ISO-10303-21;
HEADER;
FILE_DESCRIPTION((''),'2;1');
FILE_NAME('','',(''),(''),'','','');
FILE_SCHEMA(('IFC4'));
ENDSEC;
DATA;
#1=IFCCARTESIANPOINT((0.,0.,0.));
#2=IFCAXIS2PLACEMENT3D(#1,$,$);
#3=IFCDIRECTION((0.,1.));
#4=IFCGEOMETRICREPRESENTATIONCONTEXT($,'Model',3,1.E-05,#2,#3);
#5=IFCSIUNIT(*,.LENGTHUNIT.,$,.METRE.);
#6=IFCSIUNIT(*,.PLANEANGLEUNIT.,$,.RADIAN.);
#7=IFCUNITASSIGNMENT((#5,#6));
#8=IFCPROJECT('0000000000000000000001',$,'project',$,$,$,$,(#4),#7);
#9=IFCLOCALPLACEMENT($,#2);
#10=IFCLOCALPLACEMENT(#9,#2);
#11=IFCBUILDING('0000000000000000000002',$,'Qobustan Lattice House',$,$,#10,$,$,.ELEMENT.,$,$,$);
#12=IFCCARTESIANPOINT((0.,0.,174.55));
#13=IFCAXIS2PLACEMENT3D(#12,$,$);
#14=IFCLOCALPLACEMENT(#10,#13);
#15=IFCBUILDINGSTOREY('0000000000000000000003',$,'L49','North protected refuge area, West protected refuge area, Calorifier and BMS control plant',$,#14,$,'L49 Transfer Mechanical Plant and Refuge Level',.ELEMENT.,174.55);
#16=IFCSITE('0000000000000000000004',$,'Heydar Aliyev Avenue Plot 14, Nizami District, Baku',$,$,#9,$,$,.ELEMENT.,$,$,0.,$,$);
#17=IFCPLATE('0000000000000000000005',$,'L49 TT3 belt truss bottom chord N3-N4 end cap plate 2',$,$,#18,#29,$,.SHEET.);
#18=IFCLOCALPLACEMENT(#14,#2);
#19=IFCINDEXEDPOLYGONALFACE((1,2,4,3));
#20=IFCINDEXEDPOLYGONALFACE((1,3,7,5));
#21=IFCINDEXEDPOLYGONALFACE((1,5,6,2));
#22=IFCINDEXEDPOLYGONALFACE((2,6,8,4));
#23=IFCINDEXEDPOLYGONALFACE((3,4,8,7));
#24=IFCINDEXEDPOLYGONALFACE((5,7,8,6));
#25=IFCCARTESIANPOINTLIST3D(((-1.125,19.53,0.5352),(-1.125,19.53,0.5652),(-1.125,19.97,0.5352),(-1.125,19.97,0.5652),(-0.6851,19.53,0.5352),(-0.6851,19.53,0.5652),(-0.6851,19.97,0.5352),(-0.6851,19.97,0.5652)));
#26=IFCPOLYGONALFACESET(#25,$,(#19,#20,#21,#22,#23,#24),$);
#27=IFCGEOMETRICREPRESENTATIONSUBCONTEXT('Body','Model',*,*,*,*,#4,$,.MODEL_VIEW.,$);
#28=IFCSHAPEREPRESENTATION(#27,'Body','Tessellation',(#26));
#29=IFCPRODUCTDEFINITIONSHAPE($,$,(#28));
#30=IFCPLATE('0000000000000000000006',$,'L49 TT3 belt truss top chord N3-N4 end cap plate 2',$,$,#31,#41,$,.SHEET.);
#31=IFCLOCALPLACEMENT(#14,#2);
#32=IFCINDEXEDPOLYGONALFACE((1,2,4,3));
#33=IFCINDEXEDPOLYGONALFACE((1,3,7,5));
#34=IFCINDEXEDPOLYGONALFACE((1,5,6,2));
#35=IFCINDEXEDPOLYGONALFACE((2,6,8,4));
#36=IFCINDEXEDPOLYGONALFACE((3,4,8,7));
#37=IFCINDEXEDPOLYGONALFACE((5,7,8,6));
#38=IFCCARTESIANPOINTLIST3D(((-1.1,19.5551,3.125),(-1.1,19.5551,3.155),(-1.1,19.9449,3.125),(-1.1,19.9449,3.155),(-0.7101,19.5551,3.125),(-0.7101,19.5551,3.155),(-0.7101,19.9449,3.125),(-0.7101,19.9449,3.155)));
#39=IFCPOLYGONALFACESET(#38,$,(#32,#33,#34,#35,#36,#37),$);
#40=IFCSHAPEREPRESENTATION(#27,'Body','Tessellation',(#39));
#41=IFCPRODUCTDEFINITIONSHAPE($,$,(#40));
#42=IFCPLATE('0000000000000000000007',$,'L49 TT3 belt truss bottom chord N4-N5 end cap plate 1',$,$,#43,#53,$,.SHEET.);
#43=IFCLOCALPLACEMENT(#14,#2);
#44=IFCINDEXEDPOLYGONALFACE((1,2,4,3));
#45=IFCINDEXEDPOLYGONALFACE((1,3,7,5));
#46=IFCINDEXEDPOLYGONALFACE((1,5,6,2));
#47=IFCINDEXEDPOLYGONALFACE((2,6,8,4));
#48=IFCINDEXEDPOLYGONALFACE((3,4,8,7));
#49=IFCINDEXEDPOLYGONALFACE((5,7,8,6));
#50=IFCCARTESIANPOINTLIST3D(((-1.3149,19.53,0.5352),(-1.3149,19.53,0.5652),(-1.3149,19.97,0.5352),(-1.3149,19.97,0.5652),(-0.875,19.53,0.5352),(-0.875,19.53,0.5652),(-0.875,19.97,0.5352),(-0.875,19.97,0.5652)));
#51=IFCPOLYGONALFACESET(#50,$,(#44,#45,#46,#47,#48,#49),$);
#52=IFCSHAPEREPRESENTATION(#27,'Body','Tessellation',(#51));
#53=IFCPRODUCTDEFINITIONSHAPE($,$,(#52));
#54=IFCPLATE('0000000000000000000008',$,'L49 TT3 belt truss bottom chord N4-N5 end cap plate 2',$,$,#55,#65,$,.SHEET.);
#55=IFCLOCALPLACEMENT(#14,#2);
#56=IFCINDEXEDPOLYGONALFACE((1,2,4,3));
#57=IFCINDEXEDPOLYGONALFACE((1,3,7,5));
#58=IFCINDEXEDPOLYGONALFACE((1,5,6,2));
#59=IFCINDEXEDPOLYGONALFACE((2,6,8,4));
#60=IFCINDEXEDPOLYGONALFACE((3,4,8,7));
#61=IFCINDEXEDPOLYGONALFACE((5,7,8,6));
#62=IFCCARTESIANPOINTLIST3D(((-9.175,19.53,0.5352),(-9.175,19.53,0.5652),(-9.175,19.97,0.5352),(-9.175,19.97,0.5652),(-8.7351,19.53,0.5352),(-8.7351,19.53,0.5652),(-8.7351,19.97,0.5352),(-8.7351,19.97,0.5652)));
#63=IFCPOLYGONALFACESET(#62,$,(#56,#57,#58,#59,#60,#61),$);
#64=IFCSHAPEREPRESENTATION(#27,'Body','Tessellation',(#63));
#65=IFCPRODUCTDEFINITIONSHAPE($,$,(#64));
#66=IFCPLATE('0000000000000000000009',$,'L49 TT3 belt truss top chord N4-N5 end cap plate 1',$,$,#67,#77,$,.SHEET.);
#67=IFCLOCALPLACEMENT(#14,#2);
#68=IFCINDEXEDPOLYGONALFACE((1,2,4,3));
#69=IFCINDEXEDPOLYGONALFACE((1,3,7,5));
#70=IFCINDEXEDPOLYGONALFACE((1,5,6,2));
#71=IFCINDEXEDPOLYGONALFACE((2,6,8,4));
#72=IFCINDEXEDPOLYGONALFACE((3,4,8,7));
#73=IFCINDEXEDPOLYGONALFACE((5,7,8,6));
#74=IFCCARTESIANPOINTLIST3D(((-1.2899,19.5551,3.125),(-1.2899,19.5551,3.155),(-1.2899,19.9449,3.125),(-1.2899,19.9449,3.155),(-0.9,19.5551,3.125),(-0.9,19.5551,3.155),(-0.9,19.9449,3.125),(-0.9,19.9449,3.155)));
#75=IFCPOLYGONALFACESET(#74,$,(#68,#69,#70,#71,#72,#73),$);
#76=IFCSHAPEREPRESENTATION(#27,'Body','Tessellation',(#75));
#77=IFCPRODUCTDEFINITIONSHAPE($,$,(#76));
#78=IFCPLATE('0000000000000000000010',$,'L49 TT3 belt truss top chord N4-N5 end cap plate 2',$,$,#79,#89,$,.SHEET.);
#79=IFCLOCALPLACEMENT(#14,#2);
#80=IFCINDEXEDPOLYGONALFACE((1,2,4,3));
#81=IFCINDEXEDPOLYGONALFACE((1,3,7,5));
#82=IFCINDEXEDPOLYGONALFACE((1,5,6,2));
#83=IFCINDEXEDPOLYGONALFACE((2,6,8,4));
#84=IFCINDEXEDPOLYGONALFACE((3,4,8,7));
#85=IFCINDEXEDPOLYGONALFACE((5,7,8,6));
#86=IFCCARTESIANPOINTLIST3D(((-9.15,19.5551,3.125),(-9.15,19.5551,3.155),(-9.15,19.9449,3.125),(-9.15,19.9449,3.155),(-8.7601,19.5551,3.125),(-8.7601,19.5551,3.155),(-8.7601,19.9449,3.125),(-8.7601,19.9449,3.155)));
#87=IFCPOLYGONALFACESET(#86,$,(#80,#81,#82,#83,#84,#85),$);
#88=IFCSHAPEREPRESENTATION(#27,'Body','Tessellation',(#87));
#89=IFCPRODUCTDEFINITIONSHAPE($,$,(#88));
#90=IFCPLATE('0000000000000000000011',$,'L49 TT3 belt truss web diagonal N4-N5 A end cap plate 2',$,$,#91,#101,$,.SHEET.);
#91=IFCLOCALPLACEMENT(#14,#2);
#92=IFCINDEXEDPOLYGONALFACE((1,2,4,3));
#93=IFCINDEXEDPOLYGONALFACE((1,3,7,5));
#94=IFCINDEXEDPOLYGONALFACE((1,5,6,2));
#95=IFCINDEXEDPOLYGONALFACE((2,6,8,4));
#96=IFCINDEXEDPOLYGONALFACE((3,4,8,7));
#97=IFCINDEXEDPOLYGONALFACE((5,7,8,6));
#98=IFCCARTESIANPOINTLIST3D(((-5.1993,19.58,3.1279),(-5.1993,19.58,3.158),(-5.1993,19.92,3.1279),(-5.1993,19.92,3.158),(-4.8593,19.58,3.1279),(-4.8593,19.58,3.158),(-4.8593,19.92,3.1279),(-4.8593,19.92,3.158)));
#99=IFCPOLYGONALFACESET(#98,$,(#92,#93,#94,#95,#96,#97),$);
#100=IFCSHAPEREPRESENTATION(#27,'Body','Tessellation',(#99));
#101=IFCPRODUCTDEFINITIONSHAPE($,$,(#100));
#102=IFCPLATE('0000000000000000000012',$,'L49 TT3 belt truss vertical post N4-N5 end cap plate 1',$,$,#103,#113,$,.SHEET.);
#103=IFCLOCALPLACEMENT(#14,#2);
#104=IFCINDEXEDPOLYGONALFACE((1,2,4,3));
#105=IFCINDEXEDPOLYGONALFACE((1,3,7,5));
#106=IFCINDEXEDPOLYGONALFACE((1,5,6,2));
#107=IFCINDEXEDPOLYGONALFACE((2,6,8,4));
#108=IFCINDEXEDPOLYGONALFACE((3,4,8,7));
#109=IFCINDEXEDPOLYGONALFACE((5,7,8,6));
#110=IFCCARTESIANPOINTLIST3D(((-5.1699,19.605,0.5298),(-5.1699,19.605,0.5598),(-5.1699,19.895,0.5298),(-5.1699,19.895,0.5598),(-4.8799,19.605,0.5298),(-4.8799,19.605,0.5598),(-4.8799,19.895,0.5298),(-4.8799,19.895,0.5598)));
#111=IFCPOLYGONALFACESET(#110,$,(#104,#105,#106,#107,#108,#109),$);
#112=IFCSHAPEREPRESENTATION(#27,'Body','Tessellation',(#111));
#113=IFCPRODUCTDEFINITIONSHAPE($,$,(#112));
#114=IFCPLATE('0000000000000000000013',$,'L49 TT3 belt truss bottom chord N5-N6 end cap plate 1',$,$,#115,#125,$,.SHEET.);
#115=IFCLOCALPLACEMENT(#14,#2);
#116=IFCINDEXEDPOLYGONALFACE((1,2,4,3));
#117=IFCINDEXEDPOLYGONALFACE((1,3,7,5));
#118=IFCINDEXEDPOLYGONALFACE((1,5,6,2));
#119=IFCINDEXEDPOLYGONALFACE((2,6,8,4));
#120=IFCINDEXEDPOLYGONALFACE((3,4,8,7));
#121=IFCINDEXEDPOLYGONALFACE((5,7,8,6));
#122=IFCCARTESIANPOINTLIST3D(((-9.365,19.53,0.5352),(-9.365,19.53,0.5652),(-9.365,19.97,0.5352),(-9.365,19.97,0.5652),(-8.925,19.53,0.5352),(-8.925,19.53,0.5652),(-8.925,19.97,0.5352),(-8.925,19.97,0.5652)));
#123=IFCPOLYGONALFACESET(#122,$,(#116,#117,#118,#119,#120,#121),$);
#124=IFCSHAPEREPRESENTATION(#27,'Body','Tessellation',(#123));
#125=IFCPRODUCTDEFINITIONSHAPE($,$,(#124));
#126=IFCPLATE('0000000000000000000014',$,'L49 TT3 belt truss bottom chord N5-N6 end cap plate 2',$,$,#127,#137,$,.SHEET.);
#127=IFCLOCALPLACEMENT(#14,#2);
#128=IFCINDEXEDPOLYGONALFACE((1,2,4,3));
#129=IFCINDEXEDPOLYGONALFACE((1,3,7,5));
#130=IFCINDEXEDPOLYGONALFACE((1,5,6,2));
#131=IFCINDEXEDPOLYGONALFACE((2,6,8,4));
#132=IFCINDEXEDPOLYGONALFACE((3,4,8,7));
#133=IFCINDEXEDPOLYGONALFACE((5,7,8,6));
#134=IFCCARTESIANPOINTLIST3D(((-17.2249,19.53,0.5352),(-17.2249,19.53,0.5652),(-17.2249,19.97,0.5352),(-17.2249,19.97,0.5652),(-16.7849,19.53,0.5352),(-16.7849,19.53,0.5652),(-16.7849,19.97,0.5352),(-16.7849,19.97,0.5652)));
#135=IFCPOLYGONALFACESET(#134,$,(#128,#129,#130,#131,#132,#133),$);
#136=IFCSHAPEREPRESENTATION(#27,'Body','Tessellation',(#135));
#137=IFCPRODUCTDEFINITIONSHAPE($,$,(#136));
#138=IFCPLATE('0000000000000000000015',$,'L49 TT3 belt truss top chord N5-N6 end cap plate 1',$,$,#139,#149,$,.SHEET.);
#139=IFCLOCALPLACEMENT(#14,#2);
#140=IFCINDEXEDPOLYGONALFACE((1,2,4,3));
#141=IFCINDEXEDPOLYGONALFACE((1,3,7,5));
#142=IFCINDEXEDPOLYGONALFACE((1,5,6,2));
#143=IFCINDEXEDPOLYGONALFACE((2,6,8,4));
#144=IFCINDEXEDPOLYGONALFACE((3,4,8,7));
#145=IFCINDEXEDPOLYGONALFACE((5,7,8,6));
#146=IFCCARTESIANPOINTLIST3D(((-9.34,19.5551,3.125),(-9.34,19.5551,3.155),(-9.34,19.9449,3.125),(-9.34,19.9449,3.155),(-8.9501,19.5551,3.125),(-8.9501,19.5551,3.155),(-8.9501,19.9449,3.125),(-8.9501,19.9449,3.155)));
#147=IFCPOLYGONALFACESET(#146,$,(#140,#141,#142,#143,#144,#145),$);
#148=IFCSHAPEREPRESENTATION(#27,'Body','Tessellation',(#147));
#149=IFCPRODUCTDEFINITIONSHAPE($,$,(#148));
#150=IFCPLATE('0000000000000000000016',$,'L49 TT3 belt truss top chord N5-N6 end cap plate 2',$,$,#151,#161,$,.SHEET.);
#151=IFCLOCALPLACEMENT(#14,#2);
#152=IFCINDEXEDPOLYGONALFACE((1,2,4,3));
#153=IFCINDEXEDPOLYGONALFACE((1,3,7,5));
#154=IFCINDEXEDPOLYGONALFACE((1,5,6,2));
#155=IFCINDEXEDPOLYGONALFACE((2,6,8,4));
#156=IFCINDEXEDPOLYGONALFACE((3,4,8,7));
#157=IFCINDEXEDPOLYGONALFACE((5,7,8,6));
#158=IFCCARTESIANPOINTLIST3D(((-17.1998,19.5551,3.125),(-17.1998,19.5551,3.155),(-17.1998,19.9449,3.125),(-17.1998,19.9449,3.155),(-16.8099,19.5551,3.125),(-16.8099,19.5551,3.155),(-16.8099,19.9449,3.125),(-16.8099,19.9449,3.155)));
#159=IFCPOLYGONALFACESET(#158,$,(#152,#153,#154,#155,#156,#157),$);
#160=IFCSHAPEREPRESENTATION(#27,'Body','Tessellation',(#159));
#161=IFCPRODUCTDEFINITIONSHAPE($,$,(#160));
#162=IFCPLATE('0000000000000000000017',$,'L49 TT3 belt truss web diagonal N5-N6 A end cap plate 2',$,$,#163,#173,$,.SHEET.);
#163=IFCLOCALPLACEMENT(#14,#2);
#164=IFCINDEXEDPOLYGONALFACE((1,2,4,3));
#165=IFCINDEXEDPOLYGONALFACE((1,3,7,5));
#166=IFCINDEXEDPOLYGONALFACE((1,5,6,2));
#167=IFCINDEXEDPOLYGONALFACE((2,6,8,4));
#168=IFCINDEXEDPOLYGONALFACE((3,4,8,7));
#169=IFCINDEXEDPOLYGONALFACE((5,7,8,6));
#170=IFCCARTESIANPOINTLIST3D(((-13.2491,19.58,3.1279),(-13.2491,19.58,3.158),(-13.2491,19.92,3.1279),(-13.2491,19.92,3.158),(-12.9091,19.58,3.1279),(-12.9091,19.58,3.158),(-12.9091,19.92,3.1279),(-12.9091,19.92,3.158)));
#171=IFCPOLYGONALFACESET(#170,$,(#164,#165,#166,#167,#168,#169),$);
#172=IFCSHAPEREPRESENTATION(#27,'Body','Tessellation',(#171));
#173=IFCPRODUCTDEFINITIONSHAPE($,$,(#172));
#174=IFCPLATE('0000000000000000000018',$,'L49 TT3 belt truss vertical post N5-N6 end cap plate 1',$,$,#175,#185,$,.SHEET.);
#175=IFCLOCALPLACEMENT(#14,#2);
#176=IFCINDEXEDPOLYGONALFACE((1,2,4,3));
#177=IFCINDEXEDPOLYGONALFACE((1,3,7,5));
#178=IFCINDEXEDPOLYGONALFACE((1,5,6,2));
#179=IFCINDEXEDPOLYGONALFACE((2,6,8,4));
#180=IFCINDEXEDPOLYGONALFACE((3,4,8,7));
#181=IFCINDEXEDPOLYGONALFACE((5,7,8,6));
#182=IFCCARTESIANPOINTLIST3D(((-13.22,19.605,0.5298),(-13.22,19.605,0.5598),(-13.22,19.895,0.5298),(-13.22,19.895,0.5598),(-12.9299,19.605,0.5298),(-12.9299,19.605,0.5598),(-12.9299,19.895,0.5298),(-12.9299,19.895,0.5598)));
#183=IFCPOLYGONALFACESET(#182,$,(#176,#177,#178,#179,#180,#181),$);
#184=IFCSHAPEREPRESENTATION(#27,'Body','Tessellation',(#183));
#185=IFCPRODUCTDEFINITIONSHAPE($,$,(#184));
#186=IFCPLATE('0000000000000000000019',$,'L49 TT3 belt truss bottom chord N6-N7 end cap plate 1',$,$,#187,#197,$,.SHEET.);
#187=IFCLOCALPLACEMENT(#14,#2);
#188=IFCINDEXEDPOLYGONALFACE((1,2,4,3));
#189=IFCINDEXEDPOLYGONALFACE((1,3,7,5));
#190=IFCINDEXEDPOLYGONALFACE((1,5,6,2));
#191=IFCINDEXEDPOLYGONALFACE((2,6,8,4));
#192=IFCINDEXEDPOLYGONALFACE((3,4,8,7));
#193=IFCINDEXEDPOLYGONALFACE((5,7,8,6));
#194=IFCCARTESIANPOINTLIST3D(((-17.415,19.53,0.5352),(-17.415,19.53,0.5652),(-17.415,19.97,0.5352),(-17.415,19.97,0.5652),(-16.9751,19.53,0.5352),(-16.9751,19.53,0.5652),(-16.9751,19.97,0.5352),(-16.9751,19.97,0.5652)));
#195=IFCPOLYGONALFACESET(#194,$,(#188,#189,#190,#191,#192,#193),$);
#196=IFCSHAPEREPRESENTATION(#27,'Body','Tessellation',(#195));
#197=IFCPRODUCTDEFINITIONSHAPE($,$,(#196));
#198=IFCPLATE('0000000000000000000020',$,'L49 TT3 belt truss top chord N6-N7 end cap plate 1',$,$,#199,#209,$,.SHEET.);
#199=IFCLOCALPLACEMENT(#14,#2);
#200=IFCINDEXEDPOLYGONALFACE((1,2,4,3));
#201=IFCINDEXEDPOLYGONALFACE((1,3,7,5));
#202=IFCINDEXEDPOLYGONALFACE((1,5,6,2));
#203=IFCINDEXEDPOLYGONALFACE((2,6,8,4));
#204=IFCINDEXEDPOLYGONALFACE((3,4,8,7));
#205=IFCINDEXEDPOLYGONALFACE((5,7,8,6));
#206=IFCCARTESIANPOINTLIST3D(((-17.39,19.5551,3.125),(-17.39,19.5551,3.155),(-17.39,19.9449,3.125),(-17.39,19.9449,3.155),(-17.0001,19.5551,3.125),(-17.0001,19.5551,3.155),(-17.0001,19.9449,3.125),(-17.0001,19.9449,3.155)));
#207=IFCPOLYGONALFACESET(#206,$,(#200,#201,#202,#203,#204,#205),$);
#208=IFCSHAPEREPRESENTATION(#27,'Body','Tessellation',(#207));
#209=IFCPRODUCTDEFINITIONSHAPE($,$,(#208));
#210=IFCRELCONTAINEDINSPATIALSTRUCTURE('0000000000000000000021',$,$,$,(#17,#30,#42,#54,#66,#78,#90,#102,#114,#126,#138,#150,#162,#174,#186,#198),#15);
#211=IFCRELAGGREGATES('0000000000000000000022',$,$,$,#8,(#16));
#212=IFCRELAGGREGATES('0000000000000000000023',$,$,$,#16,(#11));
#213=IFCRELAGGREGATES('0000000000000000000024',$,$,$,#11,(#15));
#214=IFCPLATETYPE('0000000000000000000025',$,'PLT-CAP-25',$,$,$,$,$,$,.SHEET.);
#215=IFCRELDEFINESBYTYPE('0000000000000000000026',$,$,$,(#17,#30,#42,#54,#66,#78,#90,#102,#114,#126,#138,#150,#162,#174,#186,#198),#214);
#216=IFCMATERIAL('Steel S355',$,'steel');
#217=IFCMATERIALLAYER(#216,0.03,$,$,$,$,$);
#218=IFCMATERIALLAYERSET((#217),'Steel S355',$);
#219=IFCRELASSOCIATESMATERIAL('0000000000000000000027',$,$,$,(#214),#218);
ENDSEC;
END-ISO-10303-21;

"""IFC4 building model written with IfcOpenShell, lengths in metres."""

from ifc_helpers import new_model, si_unit, direction, frame, origin, origin_2d, place, context, subcontext, project, spatial, rectangle, extrude, material, layer, layer_set, type_object, element, save


model = new_model("IFC4")

# Units and contexts
model_context = context("Model", 3, precision=1e-05, world=origin(), true_north=direction((0.0, 1.0)))
body_context = subcontext(model_context, "Body", "Model", "MODEL_VIEW")
ifc_project = project(units=[si_unit("LENGTHUNIT", "METRE"), si_unit("PLANEANGLEUNIT", "RADIAN")], contexts=[model_context])

# Site, building, storey
site_placement = place(None, origin())
site = spatial("IfcSite", under=ifc_project, at=site_placement, Name="Heydar Aliyev Avenue Plot 14, Nizami District, Baku", CompositionType="ELEMENT", RefElevation=0.0)
building_placement = place(site_placement, origin())
building = spatial("IfcBuilding", under=site, at=building_placement, Name="Qobustan Lattice House", CompositionType="ELEMENT")
storey_placement = place(building_placement, frame((0.0, 0.0, 174.55)))
storey = spatial("IfcBuildingStorey", under=building, at=storey_placement, Name="L49", Description="North protected refuge area, West protected refuge area, Calorifier and BMS control plant", LongName="L49 Transfer Mechanical Plant and Refuge Level", CompositionType="ELEMENT", Elevation=174.55)

# Plates
ifc_material_1 = material(Name="Steel S355", Category="steel")
ifc_layer = layer(ifc_material_1, 0.03)
ifc_layer_set = layer_set([ifc_layer], Name="Steel S355")
plate_type = type_object("IfcPlateType", Name="PLT-CAP-25", PredefinedType="SHEET", material=ifc_layer_set)
plate_1_placement = place(storey_placement, frame((-0.905, 19.75, 0.5352), z_axis=(0.0, 0.0, 1.0), x_axis=(-1.0, 0.0, 0.0)))
element("IfcPlate", 1, at=plate_1_placement, inside=storey, type_object=plate_type, Name="L49 TT3 belt truss bottom chord N3-N4 end cap plate 2", PredefinedType="SHEET", context=body_context, shape_type="SweptSolid", body=[
    extrude(rectangle(XDim=0.4399, YDim=0.4399, at=origin_2d()), origin(), (0.0, 0.0, 1.0), 0.03),
])
plate_2_placement = place(storey_placement, frame((-0.905, 19.75, 3.125), z_axis=(0.0, 0.0, 1.0), x_axis=(-1.0, 0.0, 0.0)))
element("IfcPlate", 2, at=plate_2_placement, inside=storey, type_object=plate_type, Name="L49 TT3 belt truss top chord N3-N4 end cap plate 2", PredefinedType="SHEET", context=body_context, shape_type="SweptSolid", body=[
    extrude(rectangle(XDim=0.3899, YDim=0.3899, at=origin_2d()), origin(), (0.0, 0.0, 1.0), 0.03),
])
for number, where, z_axis, x_axis, name in (
    (3, (-1.095, 19.75, 0.5352), (0.0, 0.0, 1.0), (-1.0, 0.0, 0.0), "L49 TT3 belt truss bottom chord N4-N5 end cap plate 1"),
    (4, (-8.9551, 19.75, 0.5352), (0.0, 0.0, 1.0), (-1.0, 0.0, 0.0), "L49 TT3 belt truss bottom chord N4-N5 end cap plate 2"),
):
    element("IfcPlate", number, at=place(storey_placement, frame(where, z_axis=z_axis, x_axis=x_axis)), inside=storey, type_object=plate_type, Name=name, PredefinedType="SHEET", context=body_context, shape_type="SweptSolid", body=[
        extrude(rectangle(XDim=0.4399, YDim=0.4399, at=origin_2d()), origin(), (0.0, 0.0, 1.0), 0.03),
    ])
for number, where, z_axis, x_axis, name in (
    (5, (-1.095, 19.75, 3.125), (0.0, 0.0, 1.0), (-1.0, 0.0, 0.0), "L49 TT3 belt truss top chord N4-N5 end cap plate 1"),
    (6, (-8.9551, 19.75, 3.125), (0.0, 0.0, 1.0), (-1.0, 0.0, 0.0), "L49 TT3 belt truss top chord N4-N5 end cap plate 2"),
):
    element("IfcPlate", number, at=place(storey_placement, frame(where, z_axis=z_axis, x_axis=x_axis)), inside=storey, type_object=plate_type, Name=name, PredefinedType="SHEET", context=body_context, shape_type="SweptSolid", body=[
        extrude(rectangle(XDim=0.3899, YDim=0.3899, at=origin_2d()), origin(), (0.0, 0.0, 1.0), 0.03),
    ])
plate_3_placement = place(storey_placement, frame((-5.0293, 19.75, 3.1279), z_axis=(0.0, 0.0, 1.0), x_axis=(-1.0, 0.0, 0.0)))
element("IfcPlate", 7, at=plate_3_placement, inside=storey, type_object=plate_type, Name="L49 TT3 belt truss web diagonal N4-N5 A end cap plate 2", PredefinedType="SHEET", context=body_context, shape_type="SweptSolid", body=[
    extrude(rectangle(XDim=0.3401, YDim=0.3401, at=origin_2d()), origin(), (0.0, 0.0, 1.0), 0.03),
])
plate_4_placement = place(storey_placement, frame((-5.0249, 19.75, 0.5298), z_axis=(0.0, 0.0, 1.0), x_axis=(1.0, 0.0, 0.0)))
element("IfcPlate", 8, at=plate_4_placement, inside=storey, type_object=plate_type, Name="L49 TT3 belt truss vertical post N4-N5 end cap plate 1", PredefinedType="SHEET", context=body_context, shape_type="SweptSolid", body=[
    extrude(rectangle(XDim=0.29, YDim=0.29, at=origin_2d()), origin(), (0.0, 0.0, 1.0), 0.03),
])
for number, where, z_axis, x_axis, name in (
    (9, (-9.145, 19.75, 0.5352), (0.0, 0.0, 1.0), (-1.0, 0.0, 0.0), "L49 TT3 belt truss bottom chord N5-N6 end cap plate 1"),
    (10, (-17.0049, 19.75, 0.5352), (0.0, 0.0, 1.0), (-1.0, 0.0, 0.0), "L49 TT3 belt truss bottom chord N5-N6 end cap plate 2"),
):
    element("IfcPlate", number, at=place(storey_placement, frame(where, z_axis=z_axis, x_axis=x_axis)), inside=storey, type_object=plate_type, Name=name, PredefinedType="SHEET", context=body_context, shape_type="SweptSolid", body=[
        extrude(rectangle(XDim=0.4399, YDim=0.4399, at=origin_2d()), origin(), (0.0, 0.0, 1.0), 0.03),
    ])
for number, where, z_axis, x_axis, name in (
    (11, (-9.145, 19.75, 3.125), (0.0, 0.0, 1.0), (-1.0, 0.0, 0.0), "L49 TT3 belt truss top chord N5-N6 end cap plate 1"),
    (12, (-17.0049, 19.75, 3.125), (0.0, 0.0, 1.0), (-1.0, 0.0, 0.0), "L49 TT3 belt truss top chord N5-N6 end cap plate 2"),
):
    element("IfcPlate", number, at=place(storey_placement, frame(where, z_axis=z_axis, x_axis=x_axis)), inside=storey, type_object=plate_type, Name=name, PredefinedType="SHEET", context=body_context, shape_type="SweptSolid", body=[
        extrude(rectangle(XDim=0.3899, YDim=0.3899, at=origin_2d()), origin(), (0.0, 0.0, 1.0), 0.03),
    ])
plate_5_placement = place(storey_placement, frame((-13.0791, 19.75, 3.1279), z_axis=(0.0, 0.0, 1.0), x_axis=(-1.0, 0.0, 0.0)))
element("IfcPlate", 13, at=plate_5_placement, inside=storey, type_object=plate_type, Name="L49 TT3 belt truss web diagonal N5-N6 A end cap plate 2", PredefinedType="SHEET", context=body_context, shape_type="SweptSolid", body=[
    extrude(rectangle(XDim=0.3401, YDim=0.3401, at=origin_2d()), origin(), (0.0, 0.0, 1.0), 0.03),
])
plate_6_placement = place(storey_placement, frame((-13.075, 19.75, 0.5298), z_axis=(0.0, 0.0, 1.0), x_axis=(1.0, 0.0, 0.0)))
element("IfcPlate", 14, at=plate_6_placement, inside=storey, type_object=plate_type, Name="L49 TT3 belt truss vertical post N5-N6 end cap plate 1", PredefinedType="SHEET", context=body_context, shape_type="SweptSolid", body=[
    extrude(rectangle(XDim=0.29, YDim=0.29, at=origin_2d()), origin(), (0.0, 0.0, 1.0), 0.03),
])
plate_7_placement = place(storey_placement, frame((-17.1951, 19.75, 0.5352), z_axis=(0.0, 0.0, 1.0), x_axis=(-1.0, 0.0, 0.0)))
element("IfcPlate", 15, at=plate_7_placement, inside=storey, type_object=plate_type, Name="L49 TT3 belt truss bottom chord N6-N7 end cap plate 1", PredefinedType="SHEET", context=body_context, shape_type="SweptSolid", body=[
    extrude(rectangle(XDim=0.4399, YDim=0.4399, at=origin_2d()), origin(), (0.0, 0.0, 1.0), 0.03),
])
plate_8_placement = place(storey_placement, frame((-17.1951, 19.75, 3.125), z_axis=(0.0, 0.0, 1.0), x_axis=(-1.0, 0.0, 0.0)))
element("IfcPlate", 16, at=plate_8_placement, inside=storey, type_object=plate_type, Name="L49 TT3 belt truss top chord N6-N7 end cap plate 1", PredefinedType="SHEET", context=body_context, shape_type="SweptSolid", body=[
    extrude(rectangle(XDim=0.3899, YDim=0.3899, at=origin_2d()), origin(), (0.0, 0.0, 1.0), 0.03),
])

save(model, "model.ifc")
